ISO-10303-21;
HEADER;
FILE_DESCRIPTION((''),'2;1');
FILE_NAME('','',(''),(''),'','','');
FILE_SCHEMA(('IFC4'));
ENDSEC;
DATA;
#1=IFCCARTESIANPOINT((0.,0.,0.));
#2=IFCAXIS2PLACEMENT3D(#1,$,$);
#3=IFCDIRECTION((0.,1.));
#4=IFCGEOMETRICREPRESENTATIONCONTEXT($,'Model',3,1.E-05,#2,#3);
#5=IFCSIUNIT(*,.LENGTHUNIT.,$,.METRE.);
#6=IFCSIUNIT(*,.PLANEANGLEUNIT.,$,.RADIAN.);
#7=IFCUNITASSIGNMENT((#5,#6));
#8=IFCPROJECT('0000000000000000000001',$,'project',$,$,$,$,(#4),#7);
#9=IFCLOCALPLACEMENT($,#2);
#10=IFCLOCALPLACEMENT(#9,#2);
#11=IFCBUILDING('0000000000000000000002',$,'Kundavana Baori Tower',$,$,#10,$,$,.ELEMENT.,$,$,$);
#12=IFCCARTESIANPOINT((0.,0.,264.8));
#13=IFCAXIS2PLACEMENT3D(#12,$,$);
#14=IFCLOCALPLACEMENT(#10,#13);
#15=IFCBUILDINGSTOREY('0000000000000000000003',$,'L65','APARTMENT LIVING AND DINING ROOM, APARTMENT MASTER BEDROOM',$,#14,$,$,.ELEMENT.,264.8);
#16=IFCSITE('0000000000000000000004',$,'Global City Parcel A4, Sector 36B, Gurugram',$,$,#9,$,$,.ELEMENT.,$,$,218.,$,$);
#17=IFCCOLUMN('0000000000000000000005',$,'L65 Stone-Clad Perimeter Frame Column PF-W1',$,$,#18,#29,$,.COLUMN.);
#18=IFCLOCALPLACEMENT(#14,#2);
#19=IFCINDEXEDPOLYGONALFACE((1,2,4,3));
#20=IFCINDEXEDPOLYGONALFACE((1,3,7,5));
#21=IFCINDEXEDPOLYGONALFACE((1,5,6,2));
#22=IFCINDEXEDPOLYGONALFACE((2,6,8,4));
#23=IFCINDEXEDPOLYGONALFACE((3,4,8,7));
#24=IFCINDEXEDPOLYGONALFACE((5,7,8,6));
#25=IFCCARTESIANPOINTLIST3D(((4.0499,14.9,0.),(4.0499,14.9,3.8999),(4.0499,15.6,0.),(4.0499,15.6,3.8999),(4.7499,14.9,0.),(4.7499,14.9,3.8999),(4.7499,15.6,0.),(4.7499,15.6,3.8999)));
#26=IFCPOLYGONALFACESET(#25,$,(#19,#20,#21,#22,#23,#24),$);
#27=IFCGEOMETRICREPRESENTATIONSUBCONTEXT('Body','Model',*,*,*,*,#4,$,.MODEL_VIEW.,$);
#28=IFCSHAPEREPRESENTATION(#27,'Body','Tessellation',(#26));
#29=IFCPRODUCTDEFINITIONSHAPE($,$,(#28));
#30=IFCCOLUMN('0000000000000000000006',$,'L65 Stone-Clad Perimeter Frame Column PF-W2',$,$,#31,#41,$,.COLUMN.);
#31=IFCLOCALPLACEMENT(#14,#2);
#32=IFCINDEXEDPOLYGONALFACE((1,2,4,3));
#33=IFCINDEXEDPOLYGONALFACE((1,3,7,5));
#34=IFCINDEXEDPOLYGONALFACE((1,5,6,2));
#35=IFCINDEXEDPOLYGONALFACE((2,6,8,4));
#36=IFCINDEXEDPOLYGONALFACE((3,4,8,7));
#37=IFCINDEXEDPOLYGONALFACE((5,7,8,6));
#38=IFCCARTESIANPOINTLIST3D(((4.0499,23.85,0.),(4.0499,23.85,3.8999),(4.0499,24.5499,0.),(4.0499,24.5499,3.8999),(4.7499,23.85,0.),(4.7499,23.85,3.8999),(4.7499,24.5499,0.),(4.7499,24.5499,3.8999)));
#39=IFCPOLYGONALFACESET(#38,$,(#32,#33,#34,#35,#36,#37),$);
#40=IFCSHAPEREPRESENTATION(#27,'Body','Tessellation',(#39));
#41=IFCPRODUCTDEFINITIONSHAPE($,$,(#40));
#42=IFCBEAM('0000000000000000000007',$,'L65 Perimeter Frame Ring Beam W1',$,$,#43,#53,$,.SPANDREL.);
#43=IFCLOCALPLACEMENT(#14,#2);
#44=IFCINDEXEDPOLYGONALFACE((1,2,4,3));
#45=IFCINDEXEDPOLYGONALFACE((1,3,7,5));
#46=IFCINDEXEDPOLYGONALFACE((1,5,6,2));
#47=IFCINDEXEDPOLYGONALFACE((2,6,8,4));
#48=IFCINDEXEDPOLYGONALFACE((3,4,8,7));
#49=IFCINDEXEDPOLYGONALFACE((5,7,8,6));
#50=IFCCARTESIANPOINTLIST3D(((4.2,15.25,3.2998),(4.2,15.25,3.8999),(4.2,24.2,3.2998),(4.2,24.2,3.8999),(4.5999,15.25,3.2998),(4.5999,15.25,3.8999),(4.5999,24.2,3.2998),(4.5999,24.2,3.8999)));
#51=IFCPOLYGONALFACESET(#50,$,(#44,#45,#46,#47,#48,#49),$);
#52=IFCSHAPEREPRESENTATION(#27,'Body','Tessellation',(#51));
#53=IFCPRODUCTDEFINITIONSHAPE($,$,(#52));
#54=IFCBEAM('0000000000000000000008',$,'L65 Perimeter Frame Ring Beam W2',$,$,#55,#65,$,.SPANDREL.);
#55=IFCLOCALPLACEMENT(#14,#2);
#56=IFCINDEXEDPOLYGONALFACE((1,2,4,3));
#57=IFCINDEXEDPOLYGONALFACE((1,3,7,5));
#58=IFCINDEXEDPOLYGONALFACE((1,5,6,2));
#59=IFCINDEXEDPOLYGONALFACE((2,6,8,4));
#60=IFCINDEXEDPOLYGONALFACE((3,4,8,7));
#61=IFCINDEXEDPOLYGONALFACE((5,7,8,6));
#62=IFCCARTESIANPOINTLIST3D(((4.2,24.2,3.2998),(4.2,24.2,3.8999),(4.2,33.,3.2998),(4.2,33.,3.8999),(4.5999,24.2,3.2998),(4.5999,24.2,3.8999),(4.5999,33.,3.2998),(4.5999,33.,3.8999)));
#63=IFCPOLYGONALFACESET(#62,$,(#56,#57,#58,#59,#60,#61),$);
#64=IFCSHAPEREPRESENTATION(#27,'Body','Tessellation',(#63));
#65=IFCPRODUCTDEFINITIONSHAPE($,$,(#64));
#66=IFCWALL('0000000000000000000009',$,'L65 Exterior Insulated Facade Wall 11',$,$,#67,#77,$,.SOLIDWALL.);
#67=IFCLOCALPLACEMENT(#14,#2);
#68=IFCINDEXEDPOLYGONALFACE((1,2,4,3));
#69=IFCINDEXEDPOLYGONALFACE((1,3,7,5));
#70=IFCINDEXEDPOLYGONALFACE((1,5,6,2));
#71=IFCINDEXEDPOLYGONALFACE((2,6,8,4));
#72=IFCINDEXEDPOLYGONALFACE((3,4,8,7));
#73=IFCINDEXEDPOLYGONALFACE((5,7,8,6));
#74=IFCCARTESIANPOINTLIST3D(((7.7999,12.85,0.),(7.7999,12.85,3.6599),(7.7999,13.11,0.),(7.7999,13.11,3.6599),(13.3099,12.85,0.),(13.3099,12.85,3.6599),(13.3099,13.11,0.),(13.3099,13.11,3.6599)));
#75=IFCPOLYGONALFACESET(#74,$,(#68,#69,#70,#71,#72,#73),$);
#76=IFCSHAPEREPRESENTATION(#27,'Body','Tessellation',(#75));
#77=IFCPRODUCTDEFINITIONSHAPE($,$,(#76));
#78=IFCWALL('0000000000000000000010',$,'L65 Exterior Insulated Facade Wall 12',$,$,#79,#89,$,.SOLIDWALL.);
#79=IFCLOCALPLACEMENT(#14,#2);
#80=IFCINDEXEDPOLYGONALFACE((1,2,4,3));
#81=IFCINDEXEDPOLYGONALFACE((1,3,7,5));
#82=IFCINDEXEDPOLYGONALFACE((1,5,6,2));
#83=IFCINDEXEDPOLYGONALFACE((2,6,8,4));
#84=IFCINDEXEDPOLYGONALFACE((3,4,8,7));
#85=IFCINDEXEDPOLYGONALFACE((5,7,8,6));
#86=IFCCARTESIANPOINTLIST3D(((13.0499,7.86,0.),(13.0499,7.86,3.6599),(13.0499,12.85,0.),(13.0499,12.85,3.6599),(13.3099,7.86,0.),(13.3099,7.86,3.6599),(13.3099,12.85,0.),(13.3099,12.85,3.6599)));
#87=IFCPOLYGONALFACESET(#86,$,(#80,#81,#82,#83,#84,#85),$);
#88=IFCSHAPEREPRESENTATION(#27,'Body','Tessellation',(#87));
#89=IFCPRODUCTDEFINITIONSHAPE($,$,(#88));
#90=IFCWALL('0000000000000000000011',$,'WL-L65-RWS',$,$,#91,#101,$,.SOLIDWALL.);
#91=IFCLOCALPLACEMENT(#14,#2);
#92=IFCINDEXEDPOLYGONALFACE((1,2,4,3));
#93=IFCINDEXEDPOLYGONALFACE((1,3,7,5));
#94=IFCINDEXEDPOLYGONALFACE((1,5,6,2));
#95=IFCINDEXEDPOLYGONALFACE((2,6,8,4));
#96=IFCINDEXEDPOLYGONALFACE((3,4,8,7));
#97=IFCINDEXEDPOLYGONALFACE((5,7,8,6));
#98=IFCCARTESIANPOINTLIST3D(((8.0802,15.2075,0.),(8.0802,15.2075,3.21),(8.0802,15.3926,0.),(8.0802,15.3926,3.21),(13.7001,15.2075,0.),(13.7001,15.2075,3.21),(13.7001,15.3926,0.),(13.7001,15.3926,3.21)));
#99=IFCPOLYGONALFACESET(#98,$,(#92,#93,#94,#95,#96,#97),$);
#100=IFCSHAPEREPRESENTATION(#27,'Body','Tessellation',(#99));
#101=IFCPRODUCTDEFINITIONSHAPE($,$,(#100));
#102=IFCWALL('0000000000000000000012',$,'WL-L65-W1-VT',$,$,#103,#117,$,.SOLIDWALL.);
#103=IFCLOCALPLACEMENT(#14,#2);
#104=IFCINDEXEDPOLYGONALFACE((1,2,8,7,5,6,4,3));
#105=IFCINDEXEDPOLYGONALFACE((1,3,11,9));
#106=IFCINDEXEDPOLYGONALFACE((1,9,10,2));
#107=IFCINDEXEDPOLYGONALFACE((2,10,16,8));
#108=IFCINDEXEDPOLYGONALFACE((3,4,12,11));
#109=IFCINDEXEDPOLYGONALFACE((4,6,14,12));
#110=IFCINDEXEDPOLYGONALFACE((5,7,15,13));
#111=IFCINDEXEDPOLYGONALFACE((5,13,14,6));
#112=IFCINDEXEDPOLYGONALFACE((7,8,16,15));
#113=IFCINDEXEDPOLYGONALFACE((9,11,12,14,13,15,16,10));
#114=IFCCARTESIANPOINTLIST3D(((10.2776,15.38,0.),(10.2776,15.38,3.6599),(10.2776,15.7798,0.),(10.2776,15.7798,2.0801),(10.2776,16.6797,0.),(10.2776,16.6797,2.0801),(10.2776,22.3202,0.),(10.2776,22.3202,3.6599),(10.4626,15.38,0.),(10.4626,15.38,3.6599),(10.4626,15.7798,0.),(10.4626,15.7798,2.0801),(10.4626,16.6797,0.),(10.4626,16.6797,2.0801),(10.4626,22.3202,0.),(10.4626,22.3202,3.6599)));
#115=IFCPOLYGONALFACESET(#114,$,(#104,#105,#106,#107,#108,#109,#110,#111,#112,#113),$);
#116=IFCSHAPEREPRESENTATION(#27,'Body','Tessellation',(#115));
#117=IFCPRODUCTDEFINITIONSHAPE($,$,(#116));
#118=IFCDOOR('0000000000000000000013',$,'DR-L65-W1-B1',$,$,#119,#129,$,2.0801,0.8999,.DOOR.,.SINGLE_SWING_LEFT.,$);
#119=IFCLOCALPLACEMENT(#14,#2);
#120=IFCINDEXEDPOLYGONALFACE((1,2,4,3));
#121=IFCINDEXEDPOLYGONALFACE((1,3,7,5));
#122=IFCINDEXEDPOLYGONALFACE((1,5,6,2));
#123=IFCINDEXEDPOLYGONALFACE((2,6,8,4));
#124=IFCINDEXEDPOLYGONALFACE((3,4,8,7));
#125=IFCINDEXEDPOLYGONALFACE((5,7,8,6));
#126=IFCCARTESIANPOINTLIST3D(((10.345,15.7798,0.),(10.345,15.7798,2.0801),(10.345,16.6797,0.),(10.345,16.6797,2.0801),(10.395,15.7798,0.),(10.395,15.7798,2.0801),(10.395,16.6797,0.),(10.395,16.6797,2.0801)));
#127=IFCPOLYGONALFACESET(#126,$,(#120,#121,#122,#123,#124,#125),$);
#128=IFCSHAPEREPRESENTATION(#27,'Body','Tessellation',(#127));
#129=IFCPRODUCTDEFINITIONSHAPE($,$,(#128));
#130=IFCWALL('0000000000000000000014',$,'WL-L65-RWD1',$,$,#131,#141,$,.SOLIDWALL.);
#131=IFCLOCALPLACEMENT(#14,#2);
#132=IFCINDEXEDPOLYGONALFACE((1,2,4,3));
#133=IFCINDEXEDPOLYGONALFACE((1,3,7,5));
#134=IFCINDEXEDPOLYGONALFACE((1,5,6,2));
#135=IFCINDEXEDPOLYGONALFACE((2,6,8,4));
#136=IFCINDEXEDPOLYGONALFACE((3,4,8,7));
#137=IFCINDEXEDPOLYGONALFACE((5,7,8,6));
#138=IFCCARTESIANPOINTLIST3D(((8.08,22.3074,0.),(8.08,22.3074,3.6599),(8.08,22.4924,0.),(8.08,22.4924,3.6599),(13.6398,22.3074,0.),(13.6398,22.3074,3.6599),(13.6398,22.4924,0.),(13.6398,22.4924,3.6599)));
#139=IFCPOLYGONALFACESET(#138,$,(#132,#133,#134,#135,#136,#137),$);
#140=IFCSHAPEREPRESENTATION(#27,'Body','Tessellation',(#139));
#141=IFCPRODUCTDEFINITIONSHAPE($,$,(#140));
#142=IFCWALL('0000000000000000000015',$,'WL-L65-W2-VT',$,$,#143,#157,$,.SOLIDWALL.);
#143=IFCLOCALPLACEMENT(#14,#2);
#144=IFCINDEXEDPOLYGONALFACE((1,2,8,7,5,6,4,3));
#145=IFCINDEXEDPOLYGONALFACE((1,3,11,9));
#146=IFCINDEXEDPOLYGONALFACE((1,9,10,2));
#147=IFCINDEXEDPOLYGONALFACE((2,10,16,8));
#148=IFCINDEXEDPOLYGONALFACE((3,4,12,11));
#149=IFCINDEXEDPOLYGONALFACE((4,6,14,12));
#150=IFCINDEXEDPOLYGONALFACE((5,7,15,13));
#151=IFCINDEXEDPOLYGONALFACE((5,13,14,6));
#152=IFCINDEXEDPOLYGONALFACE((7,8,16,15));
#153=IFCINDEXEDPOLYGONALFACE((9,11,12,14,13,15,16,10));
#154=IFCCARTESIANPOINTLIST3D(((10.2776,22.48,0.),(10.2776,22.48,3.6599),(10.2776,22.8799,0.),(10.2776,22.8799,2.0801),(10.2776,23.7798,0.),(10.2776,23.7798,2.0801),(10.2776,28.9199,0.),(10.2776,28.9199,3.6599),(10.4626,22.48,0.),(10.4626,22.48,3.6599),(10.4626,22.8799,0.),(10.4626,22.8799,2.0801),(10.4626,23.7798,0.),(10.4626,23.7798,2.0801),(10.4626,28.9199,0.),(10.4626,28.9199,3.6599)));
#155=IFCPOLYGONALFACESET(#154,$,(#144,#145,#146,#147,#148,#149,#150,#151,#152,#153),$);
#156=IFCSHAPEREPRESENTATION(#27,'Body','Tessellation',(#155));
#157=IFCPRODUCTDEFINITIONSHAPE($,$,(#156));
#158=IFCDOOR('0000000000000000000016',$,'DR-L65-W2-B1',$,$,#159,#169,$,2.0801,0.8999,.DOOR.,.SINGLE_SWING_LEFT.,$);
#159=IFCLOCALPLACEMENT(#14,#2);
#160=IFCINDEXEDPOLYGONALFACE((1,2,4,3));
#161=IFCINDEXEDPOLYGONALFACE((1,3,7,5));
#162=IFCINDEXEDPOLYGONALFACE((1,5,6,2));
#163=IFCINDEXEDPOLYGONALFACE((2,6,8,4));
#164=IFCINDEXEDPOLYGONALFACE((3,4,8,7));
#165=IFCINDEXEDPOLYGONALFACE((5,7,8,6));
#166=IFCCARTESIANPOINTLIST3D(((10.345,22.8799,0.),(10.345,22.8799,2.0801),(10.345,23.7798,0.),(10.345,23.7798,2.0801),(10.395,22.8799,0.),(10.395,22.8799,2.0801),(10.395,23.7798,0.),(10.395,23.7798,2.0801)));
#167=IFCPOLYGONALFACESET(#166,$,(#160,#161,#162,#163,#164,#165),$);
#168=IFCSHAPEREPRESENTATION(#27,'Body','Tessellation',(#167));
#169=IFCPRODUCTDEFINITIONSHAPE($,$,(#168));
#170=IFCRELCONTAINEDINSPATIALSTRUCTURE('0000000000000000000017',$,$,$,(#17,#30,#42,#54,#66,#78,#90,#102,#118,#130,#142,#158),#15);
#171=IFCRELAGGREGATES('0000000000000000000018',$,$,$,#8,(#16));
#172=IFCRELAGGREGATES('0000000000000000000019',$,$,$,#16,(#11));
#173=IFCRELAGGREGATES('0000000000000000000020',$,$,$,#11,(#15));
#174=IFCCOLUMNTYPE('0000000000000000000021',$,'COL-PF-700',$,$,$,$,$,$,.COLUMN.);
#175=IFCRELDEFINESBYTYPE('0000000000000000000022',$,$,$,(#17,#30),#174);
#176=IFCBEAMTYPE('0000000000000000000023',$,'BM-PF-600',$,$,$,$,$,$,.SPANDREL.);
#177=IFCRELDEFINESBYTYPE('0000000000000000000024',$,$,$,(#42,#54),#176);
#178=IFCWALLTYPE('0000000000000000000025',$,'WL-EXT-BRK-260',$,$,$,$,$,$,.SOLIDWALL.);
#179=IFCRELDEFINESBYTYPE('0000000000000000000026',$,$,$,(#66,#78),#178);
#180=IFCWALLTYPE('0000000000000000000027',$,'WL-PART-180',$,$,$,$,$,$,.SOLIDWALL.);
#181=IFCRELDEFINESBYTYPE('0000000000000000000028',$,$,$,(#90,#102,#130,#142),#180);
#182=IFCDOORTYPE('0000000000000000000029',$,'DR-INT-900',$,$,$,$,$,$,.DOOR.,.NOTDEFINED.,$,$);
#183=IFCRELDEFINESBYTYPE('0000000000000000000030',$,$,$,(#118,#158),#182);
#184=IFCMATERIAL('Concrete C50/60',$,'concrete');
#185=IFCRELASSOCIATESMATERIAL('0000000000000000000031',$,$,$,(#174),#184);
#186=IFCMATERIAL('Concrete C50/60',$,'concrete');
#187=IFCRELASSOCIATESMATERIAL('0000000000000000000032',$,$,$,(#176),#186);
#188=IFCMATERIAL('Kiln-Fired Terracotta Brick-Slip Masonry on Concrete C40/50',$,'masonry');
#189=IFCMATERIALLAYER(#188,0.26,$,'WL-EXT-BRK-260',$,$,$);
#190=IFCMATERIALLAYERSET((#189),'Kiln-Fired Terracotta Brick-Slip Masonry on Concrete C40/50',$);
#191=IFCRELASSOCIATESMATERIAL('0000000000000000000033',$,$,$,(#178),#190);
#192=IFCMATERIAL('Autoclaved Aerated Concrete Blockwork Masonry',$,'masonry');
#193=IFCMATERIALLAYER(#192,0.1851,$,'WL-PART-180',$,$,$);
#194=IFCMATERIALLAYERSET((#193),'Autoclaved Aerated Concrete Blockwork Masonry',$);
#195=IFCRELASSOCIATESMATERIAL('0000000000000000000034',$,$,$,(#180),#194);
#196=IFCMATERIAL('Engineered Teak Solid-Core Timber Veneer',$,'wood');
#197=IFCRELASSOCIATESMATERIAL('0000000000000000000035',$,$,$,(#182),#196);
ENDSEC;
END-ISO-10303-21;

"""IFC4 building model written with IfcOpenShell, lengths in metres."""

from ifc_helpers import new_model, si_unit, direction, frame, frame_2d, origin, origin_2d, place, context, subcontext, project, spatial, rectangle, extrude, material, layer, layer_set, material_profile, profile_set, type_object, element, fill, save


model = new_model("IFC4")

# Units and contexts
model_context = context("Model", 3, precision=1e-05, world=origin(), true_north=direction((0.0, 1.0)))
body_context = subcontext(model_context, "Body", "Model", "MODEL_VIEW")
ifc_project = project(units=[si_unit("LENGTHUNIT", "METRE"), si_unit("PLANEANGLEUNIT", "RADIAN")], contexts=[model_context])

# Site, building, storey
site_placement = place(None, origin())
site = spatial("IfcSite", under=ifc_project, at=site_placement, Name="Global City Parcel A4, Sector 36B, Gurugram", CompositionType="ELEMENT", RefElevation=218.0)
building_placement = place(site_placement, origin())
building = spatial("IfcBuilding", under=site, at=building_placement, Name="Kundavana Baori Tower", CompositionType="ELEMENT")
storey_placement = place(building_placement, frame((0.0, 0.0, 264.8)))
storey = spatial("IfcBuildingStorey", under=building, at=storey_placement, Name="L65", Description="APARTMENT LIVING AND DINING ROOM, APARTMENT MASTER BEDROOM", CompositionType="ELEMENT", Elevation=264.8)

# Columns
ifc_material_1 = material(Name="Concrete C50/60", Category="concrete")
ifc_material_profile_1 = material_profile(ifc_material_1, rectangle(XDim=0.7, YDim=0.7, at=origin_2d()), Name="RC PF 700x700")
ifc_profile_set_1 = profile_set([ifc_material_profile_1], Name="Concrete C50/60")
column_type = type_object("IfcColumnType", Name="COL-PF-700", PredefinedType="COLUMN", material=ifc_profile_set_1)
for number, where, z_axis, x_axis, name in (
    (1, (4.3999, 15.25, 0.0), (0.0, 0.0, 1.0), (1.0, 0.0, 0.0), "L65 Stone-Clad Perimeter Frame Column PF-W1"),
    (2, (4.3999, 24.2, 0.0), (0.0, 0.0, 1.0), (1.0, 0.0, 0.0), "L65 Stone-Clad Perimeter Frame Column PF-W2"),
):
    element("IfcColumn", number, at=place(storey_placement, frame(where, z_axis=z_axis, x_axis=x_axis)), inside=storey, type_object=column_type, Name=name, PredefinedType="COLUMN", context=body_context, shape_type="SweptSolid", body=[
        extrude(rectangle(XDim=0.7, YDim=0.7, at=origin_2d()), origin(), (0.0, 0.0, 1.0), 3.8999),
    ])

# Beams
ifc_material_2 = material(Name="Concrete C50/60", Category="concrete")
ifc_material_profile_2 = material_profile(ifc_material_2, rectangle(XDim=0.3999, YDim=0.6001, at=origin_2d()), Name="RC BM 400x600")
ifc_profile_set_2 = profile_set([ifc_material_profile_2], Name="Concrete C50/60")
beam_type = type_object("IfcBeamType", Name="BM-PF-600", PredefinedType="SPANDREL", material=ifc_profile_set_2)
beam_1_placement = place(storey_placement, frame((4.3999, 15.25, 3.5999), z_axis=(0.0, 1.0, 0.0), x_axis=(-1.0, 0.0, 0.0)))
element("IfcBeam", 3, at=beam_1_placement, inside=storey, type_object=beam_type, Name="L65 Perimeter Frame Ring Beam W1", PredefinedType="SPANDREL", context=body_context, shape_type="SweptSolid", body=[
    extrude(rectangle(XDim=0.3999, YDim=0.6001, at=origin_2d()), origin(), (0.0, 0.0, 1.0), 8.95),
])
beam_2_placement = place(storey_placement, frame((4.3999, 24.2, 3.5999), z_axis=(0.0, 1.0, 0.0), x_axis=(-1.0, 0.0, 0.0)))
element("IfcBeam", 4, at=beam_2_placement, inside=storey, type_object=beam_type, Name="L65 Perimeter Frame Ring Beam W2", PredefinedType="SPANDREL", context=body_context, shape_type="SweptSolid", body=[
    extrude(rectangle(XDim=0.3999, YDim=0.6001, at=origin_2d()), origin(), (0.0, 0.0, 1.0), 8.8),
])

# Walls
ifc_material_3 = material(Name="Kiln-Fired Terracotta Brick-Slip Masonry on Concrete C40/50", Category="masonry")
ifc_layer_1 = layer(ifc_material_3, 0.26, Name="WL-EXT-BRK-260")
ifc_layer_set_1 = layer_set([ifc_layer_1], Name="Kiln-Fired Terracotta Brick-Slip Masonry on Concrete C40/50")
wall_type_1 = type_object("IfcWallType", Name="WL-EXT-BRK-260", PredefinedType="SOLIDWALL", material=ifc_layer_set_1)
wall_1_placement = place(storey_placement, frame((7.8, 12.98, 0.0), z_axis=(0.0, 0.0, 1.0), x_axis=(1.0, 0.0, 0.0)))
element("IfcWall", 5, at=wall_1_placement, inside=storey, type_object=wall_type_1, Name="L65 Exterior Insulated Facade Wall 11", PredefinedType="SOLIDWALL", context=body_context, shape_type="SweptSolid", body=[
    extrude(rectangle(XDim=5.51, YDim=0.26, at=frame_2d((2.7549, 0.0))), origin(), (0.0, 0.0, 1.0), 3.6599),
])
wall_2_placement = place(storey_placement, frame((13.1799, 12.8501, 0.0), z_axis=(0.0, 0.0, 1.0), x_axis=(0.0, -1.0, 0.0)))
element("IfcWall", 6, at=wall_2_placement, inside=storey, type_object=wall_type_1, Name="L65 Exterior Insulated Facade Wall 12", PredefinedType="SOLIDWALL", context=body_context, shape_type="SweptSolid", body=[
    extrude(rectangle(XDim=4.99, YDim=0.26, at=frame_2d((2.4951, 0.0))), origin(), (0.0, 0.0, 1.0), 3.6599),
])
ifc_material_4 = material(Name="Autoclaved Aerated Concrete Blockwork Masonry", Category="masonry")
ifc_layer_2 = layer(ifc_material_4, 0.1851, Name="WL-PART-180")
ifc_layer_set_2 = layer_set([ifc_layer_2], Name="Autoclaved Aerated Concrete Blockwork Masonry")
wall_type_2 = type_object("IfcWallType", Name="WL-PART-180", PredefinedType="SOLIDWALL", material=ifc_layer_set_2)
wall_3_placement = place(storey_placement, frame((8.0801, 15.3, 0.0), z_axis=(0.0, 0.0, 1.0), x_axis=(1.0, 0.0, 0.0)))
element("IfcWall", 7, at=wall_3_placement, inside=storey, type_object=wall_type_2, Name="WL-L65-RWS", PredefinedType="SOLIDWALL", context=body_context, shape_type="SweptSolid", body=[
    extrude(rectangle(XDim=5.6199, YDim=0.1851, at=frame_2d((2.8101, 0.0))), origin(), (0.0, 0.0, 1.0), 3.21),
])

# Wall, opening, door
wall_4_placement = place(storey_placement, frame((10.3701, 15.3799, 0.0), z_axis=(0.0, 0.0, 1.0), x_axis=(0.0, 1.0, 0.0)))
wall_4 = element("IfcWall", 8, at=wall_4_placement, inside=storey, type_object=wall_type_2, Name="WL-L65-W1-VT", PredefinedType="SOLIDWALL", context=body_context, shape_type="SweptSolid", body=[
    extrude(rectangle(XDim=6.9402, YDim=0.1851, at=frame_2d((3.4702, 0.0))), origin(), (0.0, 0.0, 1.0), 3.6599),
])
opening_1_placement = place(wall_4_placement, frame((0.3999, 0.0, 0.0)))
opening_1 = element("IfcOpeningElement", 9, at=opening_1_placement, cuts=wall_4, PredefinedType="OPENING", context=body_context, shape_type="SweptSolid", body=[
    extrude(rectangle(XDim=0.8999, YDim=2.0801, at=frame_2d((0.45, 1.04))), frame((0.0, 0.1025, 0.0), z_axis=(0.0, -1.0, 0.0), x_axis=(1.0, 0.0, 0.0)), (0.0, 0.0, 1.0), 0.2051),
])
ifc_material_5 = material(Name="Engineered Teak Solid-Core Timber Veneer", Category="wood")
door_type_1 = type_object("IfcDoorType", Name="DR-INT-900", OperationType="NOTDEFINED", PredefinedType="DOOR", material=ifc_material_5)
door_1_placement = place(opening_1_placement, frame((0.8999, 0.0, 0.0), z_axis=(0.0, 0.0, 1.0), x_axis=(-1.0, 0.0, 0.0)))
door_1 = element("IfcDoor", 10, at=door_1_placement, inside=storey, type_object=door_type_1, Name="DR-L65-W1-B1", OperationType="SINGLE_SWING_LEFT", OverallHeight=2.0801, OverallWidth=0.8999, PredefinedType="DOOR", context=body_context, shape_type="SweptSolid", body=[
    extrude(rectangle(XDim=0.8999, YDim=2.0801, at=frame_2d((0.45, 1.04))), frame((0.0, 0.0249, 0.0), z_axis=(0.0, -1.0, 0.0), x_axis=(1.0, 0.0, 0.0)), (0.0, 0.0, 1.0), 0.05),
])
fill(opening_1, door_1)

# Wall
wall_5_placement = place(storey_placement, frame((8.0801, 22.3999, 0.0), z_axis=(0.0, 0.0, 1.0), x_axis=(1.0, 0.0, 0.0)))
element("IfcWall", 11, at=wall_5_placement, inside=storey, type_object=wall_type_2, Name="WL-L65-RWD1", PredefinedType="SOLIDWALL", context=body_context, shape_type="SweptSolid", body=[
    extrude(rectangle(XDim=5.5598, YDim=0.1851, at=frame_2d((2.7798, 0.0))), origin(), (0.0, 0.0, 1.0), 3.6599),
])

# Wall, opening, door
wall_6_placement = place(storey_placement, frame((10.3701, 22.48, 0.0), z_axis=(0.0, 0.0, 1.0), x_axis=(0.0, 1.0, 0.0)))
wall_6 = element("IfcWall", 12, at=wall_6_placement, inside=storey, type_object=wall_type_2, Name="WL-L65-W2-VT", PredefinedType="SOLIDWALL", context=body_context, shape_type="SweptSolid", body=[
    extrude(rectangle(XDim=6.4399, YDim=0.1851, at=frame_2d((3.22, 0.0))), origin(), (0.0, 0.0, 1.0), 3.6599),
])
opening_2_placement = place(wall_6_placement, frame((0.3999, 0.0, 0.0)))
opening_2 = element("IfcOpeningElement", 13, at=opening_2_placement, cuts=wall_6, PredefinedType="OPENING", context=body_context, shape_type="SweptSolid", body=[
    extrude(rectangle(XDim=0.8999, YDim=2.0801, at=frame_2d((0.45, 1.04))), frame((0.0, 0.1025, 0.0), z_axis=(0.0, -1.0, 0.0), x_axis=(1.0, 0.0, 0.0)), (0.0, 0.0, 1.0), 0.2051),
])
door_2_placement = place(opening_2_placement, frame((0.8999, 0.0, 0.0), z_axis=(0.0, 0.0, 1.0), x_axis=(-1.0, 0.0, 0.0)))
door_2 = element("IfcDoor", 14, at=door_2_placement, inside=storey, type_object=door_type_1, Name="DR-L65-W2-B1", OperationType="SINGLE_SWING_LEFT", OverallHeight=2.0801, OverallWidth=0.8999, PredefinedType="DOOR", context=body_context, shape_type="SweptSolid", body=[
    extrude(rectangle(XDim=0.8999, YDim=2.0801, at=frame_2d((0.45, 1.04))), frame((0.0, 0.0249, 0.0), z_axis=(0.0, -1.0, 0.0), x_axis=(1.0, 0.0, 0.0)), (0.0, 0.0, 1.0), 0.05),
])
fill(opening_2, door_2)

save(model, "model.ifc")
